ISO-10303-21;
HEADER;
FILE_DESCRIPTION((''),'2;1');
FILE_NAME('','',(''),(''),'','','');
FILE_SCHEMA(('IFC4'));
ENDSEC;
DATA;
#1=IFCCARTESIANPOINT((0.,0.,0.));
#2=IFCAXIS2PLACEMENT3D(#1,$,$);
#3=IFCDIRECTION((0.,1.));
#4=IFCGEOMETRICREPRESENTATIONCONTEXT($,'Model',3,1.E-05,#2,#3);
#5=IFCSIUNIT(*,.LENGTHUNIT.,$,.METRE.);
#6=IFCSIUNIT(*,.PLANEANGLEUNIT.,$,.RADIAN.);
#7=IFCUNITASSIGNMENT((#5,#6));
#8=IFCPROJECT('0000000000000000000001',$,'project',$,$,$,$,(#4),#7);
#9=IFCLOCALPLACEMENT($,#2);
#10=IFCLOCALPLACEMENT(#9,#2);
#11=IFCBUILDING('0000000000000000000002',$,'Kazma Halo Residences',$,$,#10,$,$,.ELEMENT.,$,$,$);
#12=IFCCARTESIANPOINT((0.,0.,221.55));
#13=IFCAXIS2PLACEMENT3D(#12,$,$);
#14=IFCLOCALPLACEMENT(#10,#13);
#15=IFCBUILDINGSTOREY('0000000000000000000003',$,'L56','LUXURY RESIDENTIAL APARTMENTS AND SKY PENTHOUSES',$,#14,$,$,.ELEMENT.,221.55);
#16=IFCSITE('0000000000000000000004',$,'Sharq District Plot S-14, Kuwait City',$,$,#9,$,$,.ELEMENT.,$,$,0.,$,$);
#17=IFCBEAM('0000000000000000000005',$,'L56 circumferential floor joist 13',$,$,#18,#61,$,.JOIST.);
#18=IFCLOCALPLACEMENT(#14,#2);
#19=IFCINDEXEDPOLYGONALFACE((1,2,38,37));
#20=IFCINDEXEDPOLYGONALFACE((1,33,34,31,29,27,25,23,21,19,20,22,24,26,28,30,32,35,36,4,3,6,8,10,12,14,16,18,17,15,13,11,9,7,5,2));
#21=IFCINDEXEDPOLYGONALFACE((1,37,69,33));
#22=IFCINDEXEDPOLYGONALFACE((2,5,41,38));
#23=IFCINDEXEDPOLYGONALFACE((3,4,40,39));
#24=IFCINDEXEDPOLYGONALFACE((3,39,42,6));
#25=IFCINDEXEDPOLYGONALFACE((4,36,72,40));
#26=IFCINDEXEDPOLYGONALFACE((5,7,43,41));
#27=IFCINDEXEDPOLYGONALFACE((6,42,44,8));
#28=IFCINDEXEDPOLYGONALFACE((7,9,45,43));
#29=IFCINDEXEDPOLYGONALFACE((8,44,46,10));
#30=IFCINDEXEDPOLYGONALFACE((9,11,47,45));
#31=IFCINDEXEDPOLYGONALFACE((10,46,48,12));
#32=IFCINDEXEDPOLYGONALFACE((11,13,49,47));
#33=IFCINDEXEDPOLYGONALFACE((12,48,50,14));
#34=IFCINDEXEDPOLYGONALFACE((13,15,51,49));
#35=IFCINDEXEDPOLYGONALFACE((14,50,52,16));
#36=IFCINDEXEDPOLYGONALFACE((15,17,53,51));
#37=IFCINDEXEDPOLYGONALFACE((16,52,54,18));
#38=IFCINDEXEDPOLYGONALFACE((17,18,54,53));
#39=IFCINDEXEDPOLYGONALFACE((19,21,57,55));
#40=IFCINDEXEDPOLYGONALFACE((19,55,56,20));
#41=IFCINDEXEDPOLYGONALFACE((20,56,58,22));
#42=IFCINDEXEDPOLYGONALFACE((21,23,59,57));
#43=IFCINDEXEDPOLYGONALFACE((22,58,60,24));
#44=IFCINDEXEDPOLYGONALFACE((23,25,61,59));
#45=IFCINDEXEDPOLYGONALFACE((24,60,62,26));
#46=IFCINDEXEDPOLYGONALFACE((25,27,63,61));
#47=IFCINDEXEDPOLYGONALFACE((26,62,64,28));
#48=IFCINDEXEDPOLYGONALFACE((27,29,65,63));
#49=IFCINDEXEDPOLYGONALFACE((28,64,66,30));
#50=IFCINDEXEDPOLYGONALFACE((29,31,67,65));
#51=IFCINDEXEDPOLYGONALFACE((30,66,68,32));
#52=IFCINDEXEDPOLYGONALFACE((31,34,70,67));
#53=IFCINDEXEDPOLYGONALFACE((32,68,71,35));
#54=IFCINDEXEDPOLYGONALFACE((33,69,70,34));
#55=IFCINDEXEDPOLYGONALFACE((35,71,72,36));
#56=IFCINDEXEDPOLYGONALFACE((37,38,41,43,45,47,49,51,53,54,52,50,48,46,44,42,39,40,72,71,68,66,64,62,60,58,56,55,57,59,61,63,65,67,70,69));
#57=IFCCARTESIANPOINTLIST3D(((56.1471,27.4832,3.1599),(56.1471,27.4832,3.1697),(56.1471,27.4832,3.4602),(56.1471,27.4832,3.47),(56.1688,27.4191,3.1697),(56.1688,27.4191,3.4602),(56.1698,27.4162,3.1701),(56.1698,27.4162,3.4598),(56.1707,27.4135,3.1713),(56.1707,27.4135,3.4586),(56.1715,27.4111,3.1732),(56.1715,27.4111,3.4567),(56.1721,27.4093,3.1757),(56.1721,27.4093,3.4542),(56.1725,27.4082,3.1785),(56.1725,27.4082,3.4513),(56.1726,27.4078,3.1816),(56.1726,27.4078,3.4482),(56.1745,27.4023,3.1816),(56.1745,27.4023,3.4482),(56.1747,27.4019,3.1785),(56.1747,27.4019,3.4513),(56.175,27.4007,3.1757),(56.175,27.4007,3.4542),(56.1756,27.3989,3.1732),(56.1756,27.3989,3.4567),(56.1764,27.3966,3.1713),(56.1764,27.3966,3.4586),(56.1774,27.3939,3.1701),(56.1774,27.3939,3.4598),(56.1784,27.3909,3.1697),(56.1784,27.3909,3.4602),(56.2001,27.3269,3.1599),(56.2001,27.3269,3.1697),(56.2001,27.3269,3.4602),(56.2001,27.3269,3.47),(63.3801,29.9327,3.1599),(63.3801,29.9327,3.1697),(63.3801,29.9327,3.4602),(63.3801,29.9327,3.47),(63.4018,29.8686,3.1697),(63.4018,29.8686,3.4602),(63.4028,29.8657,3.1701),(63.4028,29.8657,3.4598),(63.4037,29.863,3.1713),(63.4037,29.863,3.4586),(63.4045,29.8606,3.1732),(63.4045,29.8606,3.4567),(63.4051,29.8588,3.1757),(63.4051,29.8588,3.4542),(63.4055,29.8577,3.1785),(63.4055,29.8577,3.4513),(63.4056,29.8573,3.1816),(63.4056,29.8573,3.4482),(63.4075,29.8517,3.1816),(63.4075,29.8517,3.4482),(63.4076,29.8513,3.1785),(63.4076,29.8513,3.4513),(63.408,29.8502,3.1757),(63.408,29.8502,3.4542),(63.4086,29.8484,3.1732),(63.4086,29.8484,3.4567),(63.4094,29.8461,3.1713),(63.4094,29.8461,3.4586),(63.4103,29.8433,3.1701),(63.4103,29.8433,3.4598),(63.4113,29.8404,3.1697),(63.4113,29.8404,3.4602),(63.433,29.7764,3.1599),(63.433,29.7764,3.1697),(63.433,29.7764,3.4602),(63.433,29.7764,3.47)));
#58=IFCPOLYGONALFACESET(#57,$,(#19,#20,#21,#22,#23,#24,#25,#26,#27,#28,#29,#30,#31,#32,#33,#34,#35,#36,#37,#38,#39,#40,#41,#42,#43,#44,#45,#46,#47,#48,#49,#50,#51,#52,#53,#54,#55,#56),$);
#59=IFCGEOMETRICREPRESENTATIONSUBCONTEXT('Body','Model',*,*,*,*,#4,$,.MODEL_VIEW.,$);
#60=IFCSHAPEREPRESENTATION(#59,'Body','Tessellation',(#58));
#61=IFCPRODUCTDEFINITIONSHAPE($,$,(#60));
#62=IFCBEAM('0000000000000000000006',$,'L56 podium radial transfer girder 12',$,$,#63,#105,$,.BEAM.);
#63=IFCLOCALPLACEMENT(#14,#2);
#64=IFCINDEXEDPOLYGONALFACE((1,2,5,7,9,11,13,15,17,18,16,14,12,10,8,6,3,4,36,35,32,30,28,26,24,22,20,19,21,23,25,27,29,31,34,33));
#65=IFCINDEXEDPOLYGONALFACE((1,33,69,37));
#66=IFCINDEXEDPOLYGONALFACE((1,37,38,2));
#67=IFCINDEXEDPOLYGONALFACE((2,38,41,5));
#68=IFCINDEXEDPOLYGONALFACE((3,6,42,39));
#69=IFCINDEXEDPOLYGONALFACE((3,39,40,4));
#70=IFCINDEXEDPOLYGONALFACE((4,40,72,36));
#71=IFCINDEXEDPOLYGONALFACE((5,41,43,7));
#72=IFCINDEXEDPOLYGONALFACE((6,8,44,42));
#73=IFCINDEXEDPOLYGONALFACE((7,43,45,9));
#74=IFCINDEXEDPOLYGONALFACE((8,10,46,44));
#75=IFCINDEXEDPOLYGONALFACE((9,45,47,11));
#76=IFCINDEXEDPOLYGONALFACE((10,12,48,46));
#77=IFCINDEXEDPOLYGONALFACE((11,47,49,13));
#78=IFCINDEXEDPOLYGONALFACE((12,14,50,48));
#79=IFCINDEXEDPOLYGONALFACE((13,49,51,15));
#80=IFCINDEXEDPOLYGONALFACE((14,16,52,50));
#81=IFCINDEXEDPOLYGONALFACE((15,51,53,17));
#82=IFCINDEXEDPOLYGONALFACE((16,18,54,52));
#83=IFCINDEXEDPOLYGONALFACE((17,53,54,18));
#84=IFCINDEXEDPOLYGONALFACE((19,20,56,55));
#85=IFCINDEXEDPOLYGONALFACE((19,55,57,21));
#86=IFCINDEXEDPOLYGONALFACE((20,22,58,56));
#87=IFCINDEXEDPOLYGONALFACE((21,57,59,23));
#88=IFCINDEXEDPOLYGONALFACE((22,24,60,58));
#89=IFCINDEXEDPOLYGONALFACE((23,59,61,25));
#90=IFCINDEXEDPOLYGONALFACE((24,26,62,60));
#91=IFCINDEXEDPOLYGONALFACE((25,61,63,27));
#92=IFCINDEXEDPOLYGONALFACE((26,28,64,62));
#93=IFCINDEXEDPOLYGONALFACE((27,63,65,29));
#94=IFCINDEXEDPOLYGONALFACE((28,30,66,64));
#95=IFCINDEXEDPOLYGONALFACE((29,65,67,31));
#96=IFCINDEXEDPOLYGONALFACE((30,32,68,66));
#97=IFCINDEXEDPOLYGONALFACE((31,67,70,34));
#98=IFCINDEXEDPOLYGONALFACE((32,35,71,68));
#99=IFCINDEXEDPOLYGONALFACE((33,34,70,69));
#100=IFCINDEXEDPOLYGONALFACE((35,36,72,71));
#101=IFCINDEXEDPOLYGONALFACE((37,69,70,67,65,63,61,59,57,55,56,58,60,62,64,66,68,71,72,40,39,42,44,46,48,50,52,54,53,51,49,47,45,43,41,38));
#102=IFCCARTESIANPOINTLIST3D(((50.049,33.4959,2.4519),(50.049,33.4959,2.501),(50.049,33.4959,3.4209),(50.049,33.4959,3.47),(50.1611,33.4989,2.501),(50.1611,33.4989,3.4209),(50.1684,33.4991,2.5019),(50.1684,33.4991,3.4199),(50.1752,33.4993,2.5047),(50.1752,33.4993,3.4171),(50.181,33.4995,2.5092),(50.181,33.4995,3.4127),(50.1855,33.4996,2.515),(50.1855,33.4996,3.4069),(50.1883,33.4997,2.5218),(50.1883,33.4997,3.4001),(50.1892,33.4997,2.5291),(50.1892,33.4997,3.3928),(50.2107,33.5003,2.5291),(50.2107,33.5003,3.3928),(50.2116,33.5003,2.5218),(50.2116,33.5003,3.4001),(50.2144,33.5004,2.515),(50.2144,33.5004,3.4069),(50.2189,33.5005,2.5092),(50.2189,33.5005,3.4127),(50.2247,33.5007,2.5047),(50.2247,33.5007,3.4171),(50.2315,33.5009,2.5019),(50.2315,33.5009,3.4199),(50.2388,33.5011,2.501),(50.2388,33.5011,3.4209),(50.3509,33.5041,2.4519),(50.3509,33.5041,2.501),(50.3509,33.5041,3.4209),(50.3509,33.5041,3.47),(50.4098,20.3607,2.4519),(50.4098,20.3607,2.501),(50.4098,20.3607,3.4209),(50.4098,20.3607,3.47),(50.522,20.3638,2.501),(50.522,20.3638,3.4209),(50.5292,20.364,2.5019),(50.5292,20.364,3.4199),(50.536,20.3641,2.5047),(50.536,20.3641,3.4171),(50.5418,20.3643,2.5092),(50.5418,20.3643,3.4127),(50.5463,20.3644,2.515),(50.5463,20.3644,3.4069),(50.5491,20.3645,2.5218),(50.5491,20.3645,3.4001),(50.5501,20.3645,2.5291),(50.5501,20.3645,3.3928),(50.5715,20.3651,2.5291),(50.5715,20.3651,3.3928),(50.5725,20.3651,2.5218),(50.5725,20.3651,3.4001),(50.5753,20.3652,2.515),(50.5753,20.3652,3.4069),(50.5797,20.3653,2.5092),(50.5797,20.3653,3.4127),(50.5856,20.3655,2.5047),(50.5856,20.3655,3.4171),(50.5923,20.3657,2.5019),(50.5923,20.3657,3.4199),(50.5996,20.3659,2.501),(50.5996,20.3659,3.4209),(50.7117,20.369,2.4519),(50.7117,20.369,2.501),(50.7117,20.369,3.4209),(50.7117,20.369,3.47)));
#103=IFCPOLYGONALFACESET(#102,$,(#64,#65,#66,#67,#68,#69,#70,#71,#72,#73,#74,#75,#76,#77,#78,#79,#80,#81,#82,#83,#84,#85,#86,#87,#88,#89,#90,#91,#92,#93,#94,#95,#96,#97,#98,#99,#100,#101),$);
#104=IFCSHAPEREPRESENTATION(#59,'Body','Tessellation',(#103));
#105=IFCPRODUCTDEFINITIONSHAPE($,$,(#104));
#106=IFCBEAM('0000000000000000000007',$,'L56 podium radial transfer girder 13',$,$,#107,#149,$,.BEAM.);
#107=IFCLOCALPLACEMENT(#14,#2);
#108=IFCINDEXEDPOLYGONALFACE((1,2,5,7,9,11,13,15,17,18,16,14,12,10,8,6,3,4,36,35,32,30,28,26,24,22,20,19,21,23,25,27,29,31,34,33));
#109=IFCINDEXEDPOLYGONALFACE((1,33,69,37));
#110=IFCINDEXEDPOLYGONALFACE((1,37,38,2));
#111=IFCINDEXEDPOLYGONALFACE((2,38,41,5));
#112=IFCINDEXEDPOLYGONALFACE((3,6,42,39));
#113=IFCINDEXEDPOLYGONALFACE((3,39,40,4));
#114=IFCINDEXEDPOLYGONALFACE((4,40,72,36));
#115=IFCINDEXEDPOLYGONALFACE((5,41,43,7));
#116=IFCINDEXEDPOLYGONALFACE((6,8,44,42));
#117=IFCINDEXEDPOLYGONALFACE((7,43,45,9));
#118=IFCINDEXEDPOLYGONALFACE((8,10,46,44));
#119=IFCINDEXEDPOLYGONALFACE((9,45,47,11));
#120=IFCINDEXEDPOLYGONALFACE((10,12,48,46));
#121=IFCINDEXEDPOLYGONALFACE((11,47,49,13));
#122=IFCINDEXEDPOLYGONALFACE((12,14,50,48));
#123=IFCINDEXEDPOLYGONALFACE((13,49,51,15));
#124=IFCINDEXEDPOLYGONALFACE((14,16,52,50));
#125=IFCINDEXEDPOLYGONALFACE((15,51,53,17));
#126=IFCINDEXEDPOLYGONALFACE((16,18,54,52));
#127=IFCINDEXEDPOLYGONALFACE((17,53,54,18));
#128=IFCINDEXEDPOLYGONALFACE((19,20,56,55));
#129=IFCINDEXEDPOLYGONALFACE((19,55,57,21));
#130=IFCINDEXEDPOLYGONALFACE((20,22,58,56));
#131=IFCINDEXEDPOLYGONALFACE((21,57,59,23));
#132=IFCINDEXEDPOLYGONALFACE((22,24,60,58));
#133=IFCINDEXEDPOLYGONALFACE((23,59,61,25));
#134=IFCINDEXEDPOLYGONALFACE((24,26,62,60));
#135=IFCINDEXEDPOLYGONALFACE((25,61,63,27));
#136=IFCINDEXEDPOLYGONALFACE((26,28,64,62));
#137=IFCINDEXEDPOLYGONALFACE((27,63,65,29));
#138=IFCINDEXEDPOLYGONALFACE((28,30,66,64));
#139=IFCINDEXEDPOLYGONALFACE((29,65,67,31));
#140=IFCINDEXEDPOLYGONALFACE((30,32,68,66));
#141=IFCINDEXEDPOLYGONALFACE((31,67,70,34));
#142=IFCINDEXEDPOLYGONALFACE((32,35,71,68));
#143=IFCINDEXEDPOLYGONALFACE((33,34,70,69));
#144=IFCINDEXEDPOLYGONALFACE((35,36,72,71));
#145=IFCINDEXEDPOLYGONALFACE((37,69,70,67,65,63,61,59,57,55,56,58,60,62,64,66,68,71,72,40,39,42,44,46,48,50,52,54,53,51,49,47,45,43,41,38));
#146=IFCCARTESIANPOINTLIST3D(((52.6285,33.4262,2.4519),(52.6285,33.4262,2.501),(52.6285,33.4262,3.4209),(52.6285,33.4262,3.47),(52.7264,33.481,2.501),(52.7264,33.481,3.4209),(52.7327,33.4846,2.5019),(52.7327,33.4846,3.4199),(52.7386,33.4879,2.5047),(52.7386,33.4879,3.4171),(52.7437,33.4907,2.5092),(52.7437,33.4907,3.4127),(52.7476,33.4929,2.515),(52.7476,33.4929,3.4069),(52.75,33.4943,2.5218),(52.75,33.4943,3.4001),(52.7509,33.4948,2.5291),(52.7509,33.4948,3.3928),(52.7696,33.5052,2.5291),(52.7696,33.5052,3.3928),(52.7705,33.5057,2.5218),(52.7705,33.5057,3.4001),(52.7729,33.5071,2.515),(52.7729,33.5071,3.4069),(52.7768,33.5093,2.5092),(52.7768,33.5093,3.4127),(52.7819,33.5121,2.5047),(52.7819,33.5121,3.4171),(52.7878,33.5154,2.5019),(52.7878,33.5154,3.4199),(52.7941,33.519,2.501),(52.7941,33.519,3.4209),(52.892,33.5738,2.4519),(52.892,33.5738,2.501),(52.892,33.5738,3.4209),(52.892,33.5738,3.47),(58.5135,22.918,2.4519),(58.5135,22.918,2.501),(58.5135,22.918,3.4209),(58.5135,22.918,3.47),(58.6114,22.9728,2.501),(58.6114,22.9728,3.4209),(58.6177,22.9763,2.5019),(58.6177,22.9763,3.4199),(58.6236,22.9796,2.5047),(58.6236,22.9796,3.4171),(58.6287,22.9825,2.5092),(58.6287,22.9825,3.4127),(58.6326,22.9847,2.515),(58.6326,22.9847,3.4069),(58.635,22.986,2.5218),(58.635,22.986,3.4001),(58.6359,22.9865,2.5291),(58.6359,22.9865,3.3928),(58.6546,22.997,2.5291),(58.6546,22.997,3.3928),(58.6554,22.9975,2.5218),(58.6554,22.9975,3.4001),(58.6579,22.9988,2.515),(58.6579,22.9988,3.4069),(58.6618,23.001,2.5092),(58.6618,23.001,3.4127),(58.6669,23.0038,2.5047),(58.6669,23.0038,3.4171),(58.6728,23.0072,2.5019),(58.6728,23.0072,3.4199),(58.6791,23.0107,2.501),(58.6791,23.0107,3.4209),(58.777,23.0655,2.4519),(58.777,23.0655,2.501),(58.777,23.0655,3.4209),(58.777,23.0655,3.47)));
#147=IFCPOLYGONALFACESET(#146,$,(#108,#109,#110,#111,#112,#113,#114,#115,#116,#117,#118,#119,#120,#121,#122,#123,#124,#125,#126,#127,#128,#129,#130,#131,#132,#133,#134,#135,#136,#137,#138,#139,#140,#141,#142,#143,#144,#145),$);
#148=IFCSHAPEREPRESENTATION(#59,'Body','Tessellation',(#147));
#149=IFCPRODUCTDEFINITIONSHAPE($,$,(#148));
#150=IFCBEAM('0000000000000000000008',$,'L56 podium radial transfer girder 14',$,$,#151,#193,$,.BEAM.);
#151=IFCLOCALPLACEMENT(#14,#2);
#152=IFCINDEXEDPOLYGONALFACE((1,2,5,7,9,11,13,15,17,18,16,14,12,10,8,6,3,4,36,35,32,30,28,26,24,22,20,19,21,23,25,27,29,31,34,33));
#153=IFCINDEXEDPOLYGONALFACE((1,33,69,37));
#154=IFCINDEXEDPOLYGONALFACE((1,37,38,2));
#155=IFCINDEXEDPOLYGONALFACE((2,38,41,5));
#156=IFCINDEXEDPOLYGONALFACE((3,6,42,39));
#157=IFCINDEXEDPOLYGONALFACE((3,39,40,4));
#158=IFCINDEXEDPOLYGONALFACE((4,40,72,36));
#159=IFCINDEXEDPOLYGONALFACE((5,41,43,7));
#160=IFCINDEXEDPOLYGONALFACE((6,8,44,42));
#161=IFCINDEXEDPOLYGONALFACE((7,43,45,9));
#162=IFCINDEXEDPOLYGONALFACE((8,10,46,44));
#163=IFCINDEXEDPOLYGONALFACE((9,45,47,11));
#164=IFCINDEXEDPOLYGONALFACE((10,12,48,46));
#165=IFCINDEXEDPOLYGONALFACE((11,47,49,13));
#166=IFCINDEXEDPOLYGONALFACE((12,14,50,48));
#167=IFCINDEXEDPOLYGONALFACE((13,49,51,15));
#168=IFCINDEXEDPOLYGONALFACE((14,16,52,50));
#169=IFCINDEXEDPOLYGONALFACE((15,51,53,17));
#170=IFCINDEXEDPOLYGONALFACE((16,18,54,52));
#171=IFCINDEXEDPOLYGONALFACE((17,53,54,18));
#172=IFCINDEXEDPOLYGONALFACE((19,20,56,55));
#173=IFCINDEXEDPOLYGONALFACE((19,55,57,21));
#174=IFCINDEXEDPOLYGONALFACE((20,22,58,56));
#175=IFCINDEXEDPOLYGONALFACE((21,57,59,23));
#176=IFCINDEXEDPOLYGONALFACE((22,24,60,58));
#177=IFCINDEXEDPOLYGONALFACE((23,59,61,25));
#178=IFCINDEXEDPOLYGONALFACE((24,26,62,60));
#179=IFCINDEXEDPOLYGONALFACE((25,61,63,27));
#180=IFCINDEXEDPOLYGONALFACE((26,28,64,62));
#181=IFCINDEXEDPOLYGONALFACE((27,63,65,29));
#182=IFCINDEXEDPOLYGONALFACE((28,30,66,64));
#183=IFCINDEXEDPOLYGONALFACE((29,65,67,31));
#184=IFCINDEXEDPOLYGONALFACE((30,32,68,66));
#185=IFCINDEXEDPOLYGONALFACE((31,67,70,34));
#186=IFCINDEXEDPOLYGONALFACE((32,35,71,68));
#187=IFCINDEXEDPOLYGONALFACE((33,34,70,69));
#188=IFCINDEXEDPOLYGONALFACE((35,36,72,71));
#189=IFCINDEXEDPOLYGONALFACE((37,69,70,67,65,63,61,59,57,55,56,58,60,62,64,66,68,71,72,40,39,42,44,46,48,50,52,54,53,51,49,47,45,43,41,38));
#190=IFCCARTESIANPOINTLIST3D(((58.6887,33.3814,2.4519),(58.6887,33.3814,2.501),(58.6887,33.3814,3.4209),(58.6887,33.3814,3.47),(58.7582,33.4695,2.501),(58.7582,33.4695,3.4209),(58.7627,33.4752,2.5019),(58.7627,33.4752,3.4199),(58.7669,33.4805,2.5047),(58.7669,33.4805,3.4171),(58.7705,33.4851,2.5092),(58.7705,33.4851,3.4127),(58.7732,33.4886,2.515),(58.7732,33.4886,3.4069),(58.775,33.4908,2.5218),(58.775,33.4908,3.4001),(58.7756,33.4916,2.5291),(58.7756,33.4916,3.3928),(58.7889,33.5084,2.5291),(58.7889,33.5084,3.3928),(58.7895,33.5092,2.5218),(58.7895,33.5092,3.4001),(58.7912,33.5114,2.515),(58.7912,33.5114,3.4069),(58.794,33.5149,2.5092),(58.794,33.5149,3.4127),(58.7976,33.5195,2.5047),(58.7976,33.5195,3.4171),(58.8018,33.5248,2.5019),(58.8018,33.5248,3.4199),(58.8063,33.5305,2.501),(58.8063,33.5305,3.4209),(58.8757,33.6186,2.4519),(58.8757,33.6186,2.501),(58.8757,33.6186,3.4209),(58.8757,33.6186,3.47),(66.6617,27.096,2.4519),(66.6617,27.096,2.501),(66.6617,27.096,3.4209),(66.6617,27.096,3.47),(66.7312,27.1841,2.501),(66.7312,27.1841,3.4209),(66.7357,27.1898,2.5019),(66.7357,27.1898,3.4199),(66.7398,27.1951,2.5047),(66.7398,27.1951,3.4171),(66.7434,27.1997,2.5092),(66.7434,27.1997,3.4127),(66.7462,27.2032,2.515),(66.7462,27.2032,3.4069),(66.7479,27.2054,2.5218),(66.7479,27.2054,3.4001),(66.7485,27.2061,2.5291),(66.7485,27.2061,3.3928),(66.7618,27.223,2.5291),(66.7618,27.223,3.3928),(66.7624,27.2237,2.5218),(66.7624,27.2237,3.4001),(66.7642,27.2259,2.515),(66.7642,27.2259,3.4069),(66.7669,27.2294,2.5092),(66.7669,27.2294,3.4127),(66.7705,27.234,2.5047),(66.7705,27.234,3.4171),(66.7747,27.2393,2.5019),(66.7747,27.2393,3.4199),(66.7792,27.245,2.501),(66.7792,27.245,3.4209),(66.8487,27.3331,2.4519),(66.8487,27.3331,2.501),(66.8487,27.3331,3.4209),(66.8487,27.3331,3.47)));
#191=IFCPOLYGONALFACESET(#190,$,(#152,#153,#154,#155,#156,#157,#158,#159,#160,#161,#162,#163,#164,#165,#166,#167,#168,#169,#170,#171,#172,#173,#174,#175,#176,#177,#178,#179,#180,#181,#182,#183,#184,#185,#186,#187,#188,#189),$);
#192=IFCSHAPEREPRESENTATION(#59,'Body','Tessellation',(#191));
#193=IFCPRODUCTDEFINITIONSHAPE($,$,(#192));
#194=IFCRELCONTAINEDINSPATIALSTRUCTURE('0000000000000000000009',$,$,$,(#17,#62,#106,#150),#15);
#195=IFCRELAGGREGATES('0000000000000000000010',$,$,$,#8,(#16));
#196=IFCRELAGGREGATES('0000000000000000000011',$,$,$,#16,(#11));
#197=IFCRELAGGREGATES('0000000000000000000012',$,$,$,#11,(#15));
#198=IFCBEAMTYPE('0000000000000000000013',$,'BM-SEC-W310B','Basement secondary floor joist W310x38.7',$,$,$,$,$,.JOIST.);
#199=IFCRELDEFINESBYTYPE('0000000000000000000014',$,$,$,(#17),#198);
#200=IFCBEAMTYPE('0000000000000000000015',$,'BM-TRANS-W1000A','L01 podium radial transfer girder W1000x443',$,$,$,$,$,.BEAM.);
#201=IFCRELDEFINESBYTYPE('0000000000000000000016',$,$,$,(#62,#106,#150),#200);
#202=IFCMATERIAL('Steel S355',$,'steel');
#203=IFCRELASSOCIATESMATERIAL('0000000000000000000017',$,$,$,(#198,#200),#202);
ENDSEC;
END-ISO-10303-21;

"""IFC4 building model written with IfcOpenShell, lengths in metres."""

from ifc_helpers import new_model, si_unit, direction, frame, origin, origin_2d, place, context, subcontext, project, spatial, i_section, extrude, material, material_profile, profile_set, type_object, element, save


model = new_model("IFC4")

# Units and contexts
model_context = context("Model", 3, precision=1e-05, world=origin(), true_north=direction((0.0, 1.0)))
body_context = subcontext(model_context, "Body", "Model", "MODEL_VIEW")
ifc_project = project(units=[si_unit("LENGTHUNIT", "METRE"), si_unit("PLANEANGLEUNIT", "RADIAN")], contexts=[model_context])

# Site, building, storey
site_placement = place(None, origin())
site = spatial("IfcSite", under=ifc_project, at=site_placement, Name="Sharq District Plot S-14, Kuwait City", CompositionType="ELEMENT", RefElevation=0.0)
building_placement = place(site_placement, origin())
building = spatial("IfcBuilding", under=site, at=building_placement, Name="Kazma Halo Residences", CompositionType="ELEMENT")
storey_placement = place(building_placement, frame((0.0, 0.0, 221.55)))
storey = spatial("IfcBuildingStorey", under=building, at=storey_placement, Name="L56", Description="LUXURY RESIDENTIAL APARTMENTS AND SKY PENTHOUSES", CompositionType="ELEMENT", Elevation=221.55)

# Beams
ifc_material_1 = material(Name="Steel S355", Category="steel")
ifc_material_profile_1 = material_profile(ifc_material_1, i_section(OverallWidth=0.165, OverallDepth=0.3101, WebThickness=0.0059, FlangeThickness=0.0098, FilletRadius=0.012, at=origin_2d()), Name="W310x38.7")
ifc_profile_set_1 = profile_set([ifc_material_profile_1], Name="Steel S355")
beam_type_1 = type_object("IfcBeamType", Name="BM-SEC-W310B", Description="Basement secondary floor joist W310x38.7", PredefinedType="JOIST", material=ifc_profile_set_1)
beam_1_placement = place(storey_placement, frame((56.1736, 27.405, 3.3149), z_axis=(0.94716, 0.320761, 0.0), x_axis=(-0.320761, 0.94716, 0.0)))
element("IfcBeam", 1, at=beam_1_placement, inside=storey, type_object=beam_type_1, Name="L56 circumferential floor joist 13", PredefinedType="JOIST", context=body_context, shape_type="SweptSolid", body=[
    extrude(i_section(OverallWidth=0.165, OverallDepth=0.3101, WebThickness=0.0059, FlangeThickness=0.0098, FilletRadius=0.012, at=origin_2d()), origin(), (0.0, 0.0, 1.0), 7.6365),
])
ifc_material_profile_2 = material_profile(ifc_material_1, i_section(OverallWidth=0.302, OverallDepth=1.0181, WebThickness=0.0215, FlangeThickness=0.0491, FilletRadius=0.0281, at=origin_2d()), Name="W1000x443")
ifc_profile_set_2 = profile_set([ifc_material_profile_2], Name="Steel S355")
beam_type_2 = type_object("IfcBeamType", Name="BM-TRANS-W1000A", Description="L01 podium radial transfer girder W1000x443", PredefinedType="BEAM", material=ifc_profile_set_2)
beam_2_placement = place(storey_placement, frame((50.2, 33.5, 2.9609), z_axis=(0.027461, -0.999623, 0.0), x_axis=(0.999623, 0.027461, 0.0)))
element("IfcBeam", 2, at=beam_2_placement, inside=storey, type_object=beam_type_2, Name="L56 podium radial transfer girder 12", PredefinedType="BEAM", context=body_context, shape_type="SweptSolid", body=[
    extrude(i_section(OverallWidth=0.302, OverallDepth=1.0181, WebThickness=0.0215, FlangeThickness=0.0491, FilletRadius=0.0281, at=origin_2d()), origin(), (0.0, 0.0, 1.0), 13.1401),
])
beam_3_placement = place(storey_placement, frame((52.7603, 33.5, 2.9609), z_axis=(0.488626, -0.872493, 0.0), x_axis=(0.872493, 0.488626, 0.0)))
element("IfcBeam", 3, at=beam_3_placement, inside=storey, type_object=beam_type_2, Name="L56 podium radial transfer girder 13", PredefinedType="BEAM", context=body_context, shape_type="SweptSolid", body=[
    extrude(i_section(OverallWidth=0.302, OverallDepth=1.0181, WebThickness=0.0215, FlangeThickness=0.0491, FilletRadius=0.0281, at=origin_2d()), origin(), (0.0, 0.0, 1.0), 12.0439),
])
beam_4_placement = place(storey_placement, frame((58.7822, 33.5, 2.9609), z_axis=(0.785313, -0.619098, 0.0), x_axis=(0.619098, 0.785313, 0.0)))
element("IfcBeam", 4, at=beam_4_placement, inside=storey, type_object=beam_type_2, Name="L56 podium radial transfer girder 14", PredefinedType="BEAM", context=body_context, shape_type="SweptSolid", body=[
    extrude(i_section(OverallWidth=0.302, OverallDepth=1.0181, WebThickness=0.0215, FlangeThickness=0.0491, FilletRadius=0.0281, at=origin_2d()), origin(), (0.0, 0.0, 1.0), 10.1526),
])

save(model, "model.ifc")
